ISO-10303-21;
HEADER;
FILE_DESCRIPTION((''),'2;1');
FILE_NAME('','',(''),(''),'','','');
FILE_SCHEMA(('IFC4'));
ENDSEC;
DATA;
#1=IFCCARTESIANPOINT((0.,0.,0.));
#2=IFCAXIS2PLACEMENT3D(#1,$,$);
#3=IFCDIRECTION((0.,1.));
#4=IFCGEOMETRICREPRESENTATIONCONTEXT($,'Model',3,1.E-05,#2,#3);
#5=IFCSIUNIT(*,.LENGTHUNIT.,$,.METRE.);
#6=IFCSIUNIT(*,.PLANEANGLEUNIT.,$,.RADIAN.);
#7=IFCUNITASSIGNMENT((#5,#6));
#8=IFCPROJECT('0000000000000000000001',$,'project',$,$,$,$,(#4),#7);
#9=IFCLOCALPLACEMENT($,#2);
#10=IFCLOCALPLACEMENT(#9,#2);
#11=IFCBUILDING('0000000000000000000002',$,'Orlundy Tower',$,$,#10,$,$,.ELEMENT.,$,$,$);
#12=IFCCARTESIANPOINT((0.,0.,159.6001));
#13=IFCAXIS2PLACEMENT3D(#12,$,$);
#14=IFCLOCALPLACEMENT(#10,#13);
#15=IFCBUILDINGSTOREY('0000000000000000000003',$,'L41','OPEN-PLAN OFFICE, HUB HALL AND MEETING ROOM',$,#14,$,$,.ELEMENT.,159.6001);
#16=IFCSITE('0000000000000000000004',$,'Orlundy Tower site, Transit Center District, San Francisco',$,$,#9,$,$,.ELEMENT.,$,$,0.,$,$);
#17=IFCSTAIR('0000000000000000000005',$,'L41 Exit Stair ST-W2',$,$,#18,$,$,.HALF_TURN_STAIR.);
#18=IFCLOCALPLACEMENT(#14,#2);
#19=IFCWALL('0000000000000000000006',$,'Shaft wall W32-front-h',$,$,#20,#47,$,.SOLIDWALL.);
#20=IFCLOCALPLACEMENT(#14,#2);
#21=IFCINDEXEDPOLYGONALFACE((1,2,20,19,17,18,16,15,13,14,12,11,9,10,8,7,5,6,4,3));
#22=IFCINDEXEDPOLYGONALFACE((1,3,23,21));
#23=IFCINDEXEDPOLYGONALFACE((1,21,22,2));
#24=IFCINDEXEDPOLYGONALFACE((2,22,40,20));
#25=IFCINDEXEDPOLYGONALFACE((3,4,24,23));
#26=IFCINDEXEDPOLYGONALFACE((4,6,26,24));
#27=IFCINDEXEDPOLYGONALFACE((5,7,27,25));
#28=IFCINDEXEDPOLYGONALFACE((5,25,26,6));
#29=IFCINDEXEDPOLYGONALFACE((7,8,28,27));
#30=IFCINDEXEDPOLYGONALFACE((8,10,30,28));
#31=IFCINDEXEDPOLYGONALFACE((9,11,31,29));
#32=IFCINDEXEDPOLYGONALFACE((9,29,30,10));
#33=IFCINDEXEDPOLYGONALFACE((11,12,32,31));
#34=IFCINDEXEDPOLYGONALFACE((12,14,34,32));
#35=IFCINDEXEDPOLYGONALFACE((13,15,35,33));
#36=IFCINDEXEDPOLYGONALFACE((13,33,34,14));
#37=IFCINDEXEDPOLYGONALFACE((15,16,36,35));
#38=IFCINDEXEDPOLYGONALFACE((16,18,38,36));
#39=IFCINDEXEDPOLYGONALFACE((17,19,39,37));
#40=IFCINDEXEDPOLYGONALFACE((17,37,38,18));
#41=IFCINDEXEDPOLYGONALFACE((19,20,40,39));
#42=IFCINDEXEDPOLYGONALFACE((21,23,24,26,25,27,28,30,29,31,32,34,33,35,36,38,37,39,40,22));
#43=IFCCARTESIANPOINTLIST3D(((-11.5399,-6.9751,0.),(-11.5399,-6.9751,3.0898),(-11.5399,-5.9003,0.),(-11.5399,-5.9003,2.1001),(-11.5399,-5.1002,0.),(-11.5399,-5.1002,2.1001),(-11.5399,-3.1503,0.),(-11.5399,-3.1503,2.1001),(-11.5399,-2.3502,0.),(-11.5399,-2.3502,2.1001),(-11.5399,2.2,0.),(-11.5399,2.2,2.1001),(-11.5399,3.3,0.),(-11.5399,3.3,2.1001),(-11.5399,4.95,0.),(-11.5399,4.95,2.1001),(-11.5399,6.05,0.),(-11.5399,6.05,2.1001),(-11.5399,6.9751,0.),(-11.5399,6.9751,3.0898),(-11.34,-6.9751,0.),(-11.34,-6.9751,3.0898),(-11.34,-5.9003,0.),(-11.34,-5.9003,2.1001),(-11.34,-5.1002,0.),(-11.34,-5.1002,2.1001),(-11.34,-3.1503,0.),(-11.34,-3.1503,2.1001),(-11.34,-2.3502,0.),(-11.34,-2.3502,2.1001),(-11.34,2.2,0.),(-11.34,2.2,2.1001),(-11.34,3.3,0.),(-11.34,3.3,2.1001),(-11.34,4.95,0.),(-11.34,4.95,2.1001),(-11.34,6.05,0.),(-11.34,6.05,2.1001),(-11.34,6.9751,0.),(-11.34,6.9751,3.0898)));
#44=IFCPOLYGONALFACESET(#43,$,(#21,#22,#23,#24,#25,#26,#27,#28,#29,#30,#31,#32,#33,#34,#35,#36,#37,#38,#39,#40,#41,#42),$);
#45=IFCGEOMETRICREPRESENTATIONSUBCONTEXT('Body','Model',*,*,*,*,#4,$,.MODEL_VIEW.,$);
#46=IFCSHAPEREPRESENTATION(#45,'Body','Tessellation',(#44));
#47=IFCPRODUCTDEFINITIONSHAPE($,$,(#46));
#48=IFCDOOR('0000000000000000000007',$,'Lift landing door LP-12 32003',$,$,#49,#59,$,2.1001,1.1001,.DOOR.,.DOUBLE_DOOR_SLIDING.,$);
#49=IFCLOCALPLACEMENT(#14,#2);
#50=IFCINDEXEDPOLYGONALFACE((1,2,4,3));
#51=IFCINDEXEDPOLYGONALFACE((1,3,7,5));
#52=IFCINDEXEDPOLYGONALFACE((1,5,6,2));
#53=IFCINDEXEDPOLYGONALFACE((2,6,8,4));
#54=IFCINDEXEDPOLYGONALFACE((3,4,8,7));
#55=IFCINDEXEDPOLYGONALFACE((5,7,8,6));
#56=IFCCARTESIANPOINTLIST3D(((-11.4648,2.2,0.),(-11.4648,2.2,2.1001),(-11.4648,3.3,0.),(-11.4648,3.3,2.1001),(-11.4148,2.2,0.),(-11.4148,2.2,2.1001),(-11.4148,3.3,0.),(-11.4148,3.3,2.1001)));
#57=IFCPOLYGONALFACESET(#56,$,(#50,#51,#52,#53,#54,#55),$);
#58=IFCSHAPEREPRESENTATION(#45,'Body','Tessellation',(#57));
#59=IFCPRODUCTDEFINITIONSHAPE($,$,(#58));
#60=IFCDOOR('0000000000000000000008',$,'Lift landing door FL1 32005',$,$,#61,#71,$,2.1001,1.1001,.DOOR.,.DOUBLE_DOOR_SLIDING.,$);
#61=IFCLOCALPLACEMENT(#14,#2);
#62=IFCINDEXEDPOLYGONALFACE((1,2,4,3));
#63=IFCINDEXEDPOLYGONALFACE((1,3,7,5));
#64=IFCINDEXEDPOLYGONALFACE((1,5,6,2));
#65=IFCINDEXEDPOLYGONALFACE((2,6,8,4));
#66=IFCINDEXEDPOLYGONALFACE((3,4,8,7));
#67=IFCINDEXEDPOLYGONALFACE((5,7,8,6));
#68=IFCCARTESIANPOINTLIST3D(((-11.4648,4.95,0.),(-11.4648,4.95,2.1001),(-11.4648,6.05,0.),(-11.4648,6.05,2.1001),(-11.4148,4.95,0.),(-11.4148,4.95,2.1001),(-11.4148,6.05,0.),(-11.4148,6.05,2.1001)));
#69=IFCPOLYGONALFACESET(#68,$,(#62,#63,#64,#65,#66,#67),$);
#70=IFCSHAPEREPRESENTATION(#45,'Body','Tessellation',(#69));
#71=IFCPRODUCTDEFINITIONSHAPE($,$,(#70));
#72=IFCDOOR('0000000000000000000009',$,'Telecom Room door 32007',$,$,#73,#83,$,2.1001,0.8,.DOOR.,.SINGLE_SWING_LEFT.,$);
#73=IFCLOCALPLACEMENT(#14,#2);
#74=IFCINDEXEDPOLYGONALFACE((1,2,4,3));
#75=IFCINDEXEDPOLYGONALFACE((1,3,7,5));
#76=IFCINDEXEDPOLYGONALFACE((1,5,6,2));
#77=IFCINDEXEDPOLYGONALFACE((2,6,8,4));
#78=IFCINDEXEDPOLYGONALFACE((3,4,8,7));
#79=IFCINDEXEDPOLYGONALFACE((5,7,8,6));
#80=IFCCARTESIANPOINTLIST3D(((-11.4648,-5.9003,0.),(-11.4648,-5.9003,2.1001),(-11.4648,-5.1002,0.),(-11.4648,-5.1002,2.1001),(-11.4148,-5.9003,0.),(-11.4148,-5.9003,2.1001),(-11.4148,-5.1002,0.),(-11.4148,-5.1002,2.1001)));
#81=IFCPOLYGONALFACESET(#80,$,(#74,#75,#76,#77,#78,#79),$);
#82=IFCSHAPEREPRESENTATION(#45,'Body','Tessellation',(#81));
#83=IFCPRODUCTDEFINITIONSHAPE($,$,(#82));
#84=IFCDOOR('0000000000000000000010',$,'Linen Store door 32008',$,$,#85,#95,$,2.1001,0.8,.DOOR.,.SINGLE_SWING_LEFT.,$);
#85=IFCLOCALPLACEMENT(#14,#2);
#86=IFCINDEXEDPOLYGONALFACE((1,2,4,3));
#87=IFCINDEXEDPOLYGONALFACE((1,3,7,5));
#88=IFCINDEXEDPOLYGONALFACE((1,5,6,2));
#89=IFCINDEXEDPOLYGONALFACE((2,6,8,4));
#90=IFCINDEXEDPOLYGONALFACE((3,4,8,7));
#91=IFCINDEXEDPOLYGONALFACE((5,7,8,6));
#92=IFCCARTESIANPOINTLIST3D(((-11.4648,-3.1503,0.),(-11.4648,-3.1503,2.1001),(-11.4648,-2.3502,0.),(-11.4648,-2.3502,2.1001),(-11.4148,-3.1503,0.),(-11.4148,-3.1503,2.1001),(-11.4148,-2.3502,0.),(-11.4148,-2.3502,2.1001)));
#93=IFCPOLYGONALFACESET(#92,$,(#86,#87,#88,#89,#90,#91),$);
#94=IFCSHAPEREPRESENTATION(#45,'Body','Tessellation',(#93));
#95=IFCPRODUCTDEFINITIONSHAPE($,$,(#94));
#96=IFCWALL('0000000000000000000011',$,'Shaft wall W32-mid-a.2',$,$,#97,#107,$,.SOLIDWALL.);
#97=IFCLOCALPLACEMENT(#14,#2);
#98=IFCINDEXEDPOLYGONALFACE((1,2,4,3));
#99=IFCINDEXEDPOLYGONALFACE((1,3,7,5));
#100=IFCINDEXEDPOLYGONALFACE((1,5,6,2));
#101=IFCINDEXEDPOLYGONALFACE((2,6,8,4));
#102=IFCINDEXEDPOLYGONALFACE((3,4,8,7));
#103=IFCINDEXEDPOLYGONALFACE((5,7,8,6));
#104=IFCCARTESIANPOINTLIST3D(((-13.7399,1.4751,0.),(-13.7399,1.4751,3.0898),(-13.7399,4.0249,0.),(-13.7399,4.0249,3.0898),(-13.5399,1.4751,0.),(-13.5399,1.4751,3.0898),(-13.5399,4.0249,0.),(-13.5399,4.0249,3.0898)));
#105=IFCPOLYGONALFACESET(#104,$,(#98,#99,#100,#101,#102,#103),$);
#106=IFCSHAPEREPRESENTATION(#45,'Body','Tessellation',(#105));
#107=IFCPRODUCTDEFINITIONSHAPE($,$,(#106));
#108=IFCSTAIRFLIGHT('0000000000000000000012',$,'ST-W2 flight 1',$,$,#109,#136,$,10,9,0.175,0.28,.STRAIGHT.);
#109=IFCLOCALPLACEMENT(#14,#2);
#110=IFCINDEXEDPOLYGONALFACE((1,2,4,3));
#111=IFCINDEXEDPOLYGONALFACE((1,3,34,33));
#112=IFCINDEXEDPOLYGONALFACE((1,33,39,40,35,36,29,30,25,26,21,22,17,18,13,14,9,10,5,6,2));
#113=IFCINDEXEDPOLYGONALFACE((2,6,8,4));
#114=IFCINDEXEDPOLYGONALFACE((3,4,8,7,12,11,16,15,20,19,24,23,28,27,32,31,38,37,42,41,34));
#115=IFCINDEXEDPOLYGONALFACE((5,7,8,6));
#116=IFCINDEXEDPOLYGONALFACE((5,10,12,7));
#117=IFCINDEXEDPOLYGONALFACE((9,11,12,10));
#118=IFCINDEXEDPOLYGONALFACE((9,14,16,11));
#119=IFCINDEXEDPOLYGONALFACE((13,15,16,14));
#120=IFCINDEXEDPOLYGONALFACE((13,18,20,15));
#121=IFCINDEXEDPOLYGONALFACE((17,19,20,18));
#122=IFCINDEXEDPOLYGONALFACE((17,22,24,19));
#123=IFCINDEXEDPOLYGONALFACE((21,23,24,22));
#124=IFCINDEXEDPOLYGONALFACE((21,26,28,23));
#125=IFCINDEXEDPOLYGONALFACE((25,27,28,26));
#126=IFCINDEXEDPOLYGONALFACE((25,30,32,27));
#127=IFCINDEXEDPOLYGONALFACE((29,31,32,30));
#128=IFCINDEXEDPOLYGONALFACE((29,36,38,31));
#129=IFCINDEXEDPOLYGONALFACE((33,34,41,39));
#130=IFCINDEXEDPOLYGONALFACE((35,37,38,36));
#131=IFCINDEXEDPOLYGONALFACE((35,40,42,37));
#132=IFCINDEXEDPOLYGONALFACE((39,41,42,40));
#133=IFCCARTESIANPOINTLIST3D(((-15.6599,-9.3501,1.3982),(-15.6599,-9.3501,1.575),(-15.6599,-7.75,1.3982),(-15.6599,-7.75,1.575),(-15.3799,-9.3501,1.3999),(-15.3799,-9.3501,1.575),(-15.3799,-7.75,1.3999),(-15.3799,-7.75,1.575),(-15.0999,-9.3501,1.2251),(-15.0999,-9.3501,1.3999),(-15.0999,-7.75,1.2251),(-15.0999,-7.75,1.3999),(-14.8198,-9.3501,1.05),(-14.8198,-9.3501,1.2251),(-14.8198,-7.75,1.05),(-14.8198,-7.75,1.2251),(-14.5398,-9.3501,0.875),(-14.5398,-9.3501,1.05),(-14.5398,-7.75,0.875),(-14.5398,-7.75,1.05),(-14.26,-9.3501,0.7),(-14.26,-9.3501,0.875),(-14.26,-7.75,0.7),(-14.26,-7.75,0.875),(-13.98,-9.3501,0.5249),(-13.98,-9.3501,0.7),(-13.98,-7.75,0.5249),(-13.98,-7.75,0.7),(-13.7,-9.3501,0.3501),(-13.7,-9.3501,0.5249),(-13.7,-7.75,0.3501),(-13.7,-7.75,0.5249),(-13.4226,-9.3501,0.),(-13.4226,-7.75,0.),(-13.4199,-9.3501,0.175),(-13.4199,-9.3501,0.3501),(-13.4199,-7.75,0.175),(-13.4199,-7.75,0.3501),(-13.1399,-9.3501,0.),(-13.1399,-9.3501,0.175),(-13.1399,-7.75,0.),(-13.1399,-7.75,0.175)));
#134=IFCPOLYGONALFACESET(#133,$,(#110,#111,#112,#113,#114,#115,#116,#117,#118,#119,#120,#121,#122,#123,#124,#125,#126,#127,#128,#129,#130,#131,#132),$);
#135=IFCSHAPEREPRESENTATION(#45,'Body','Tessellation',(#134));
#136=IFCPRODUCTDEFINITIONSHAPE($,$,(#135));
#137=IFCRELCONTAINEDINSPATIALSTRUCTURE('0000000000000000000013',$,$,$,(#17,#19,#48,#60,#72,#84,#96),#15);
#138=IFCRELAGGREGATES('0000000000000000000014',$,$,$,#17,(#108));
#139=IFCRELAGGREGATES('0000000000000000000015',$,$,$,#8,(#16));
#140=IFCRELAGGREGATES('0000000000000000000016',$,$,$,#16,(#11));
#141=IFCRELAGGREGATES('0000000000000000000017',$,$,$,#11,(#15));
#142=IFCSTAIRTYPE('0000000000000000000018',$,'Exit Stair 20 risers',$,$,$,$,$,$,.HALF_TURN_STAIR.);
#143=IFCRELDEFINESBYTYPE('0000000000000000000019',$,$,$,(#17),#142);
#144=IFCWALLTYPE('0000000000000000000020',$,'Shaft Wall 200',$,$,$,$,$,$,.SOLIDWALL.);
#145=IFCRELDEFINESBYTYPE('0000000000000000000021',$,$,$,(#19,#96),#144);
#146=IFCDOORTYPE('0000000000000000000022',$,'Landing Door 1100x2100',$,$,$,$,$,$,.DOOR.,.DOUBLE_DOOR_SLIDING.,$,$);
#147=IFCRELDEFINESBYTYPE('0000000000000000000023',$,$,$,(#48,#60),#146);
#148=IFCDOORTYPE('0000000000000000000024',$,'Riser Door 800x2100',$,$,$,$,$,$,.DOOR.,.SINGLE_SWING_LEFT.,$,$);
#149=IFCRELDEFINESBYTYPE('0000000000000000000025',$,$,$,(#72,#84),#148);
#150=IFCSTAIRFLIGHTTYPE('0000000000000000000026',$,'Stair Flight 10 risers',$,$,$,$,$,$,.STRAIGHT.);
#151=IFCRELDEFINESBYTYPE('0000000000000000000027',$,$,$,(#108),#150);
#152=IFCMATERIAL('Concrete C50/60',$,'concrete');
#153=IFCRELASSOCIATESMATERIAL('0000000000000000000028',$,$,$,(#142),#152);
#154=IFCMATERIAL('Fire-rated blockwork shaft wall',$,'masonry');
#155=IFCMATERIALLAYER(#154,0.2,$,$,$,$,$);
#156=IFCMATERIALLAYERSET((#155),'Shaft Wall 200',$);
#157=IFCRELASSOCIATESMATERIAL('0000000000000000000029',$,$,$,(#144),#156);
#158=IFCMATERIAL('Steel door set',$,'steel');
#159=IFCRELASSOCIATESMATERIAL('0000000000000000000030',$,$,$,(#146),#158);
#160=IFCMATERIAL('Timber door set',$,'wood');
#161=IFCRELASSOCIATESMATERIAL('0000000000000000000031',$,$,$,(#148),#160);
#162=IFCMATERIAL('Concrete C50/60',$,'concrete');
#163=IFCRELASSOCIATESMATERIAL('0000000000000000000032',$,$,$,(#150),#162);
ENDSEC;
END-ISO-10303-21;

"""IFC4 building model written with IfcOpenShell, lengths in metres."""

from ifc_helpers import new_model, si_unit, direction, frame, frame_2d, origin, place, context, subcontext, project, spatial, polyline, rectangle, outline, extrude, material, layer, layer_set, type_object, element, fill, aggregate, save


model = new_model("IFC4")

# Units and contexts
model_context = context("Model", 3, precision=1e-05, world=origin(), true_north=direction((0.0, 1.0)))
body_context = subcontext(model_context, "Body", "Model", "MODEL_VIEW")
ifc_project = project(units=[si_unit("LENGTHUNIT", "METRE"), si_unit("PLANEANGLEUNIT", "RADIAN")], contexts=[model_context])

# Site, building, storey
site_placement = place(None, origin())
site = spatial("IfcSite", under=ifc_project, at=site_placement, Name="Orlundy Tower site, Transit Center District, San Francisco", CompositionType="ELEMENT", RefElevation=0.0)
building_placement = place(site_placement, origin())
building = spatial("IfcBuilding", under=site, at=building_placement, Name="Orlundy Tower", CompositionType="ELEMENT")
storey_placement = place(building_placement, frame((0.0, 0.0, 159.6001)))
storey = spatial("IfcBuildingStorey", under=building, at=storey_placement, Name="L41", Description="OPEN-PLAN OFFICE, HUB HALL AND MEETING ROOM", CompositionType="ELEMENT", Elevation=159.6001)

# Stair
ifc_material_1 = material(Name="Concrete C50/60", Category="concrete")
stair_type = type_object("IfcStairType", Name="Exit Stair 20 risers", PredefinedType="HALF_TURN_STAIR", material=ifc_material_1)
stair_1_placement = place(storey_placement, origin())
stair_1 = element("IfcStair", 1, at=stair_1_placement, inside=storey, type_object=stair_type, Name="L41 Exit Stair ST-W2", PredefinedType="HALF_TURN_STAIR")

# Shared definitions
ifc_material_2 = material(Name="Fire-rated blockwork shaft wall", Category="masonry")
ifc_layer_1 = layer(ifc_material_2, 0.2)
ifc_layer_set_1 = layer_set([ifc_layer_1], Name="Shaft Wall 200")
wall_type_1 = type_object("IfcWallType", Name="Shaft Wall 200", PredefinedType="SOLIDWALL", material=ifc_layer_set_1)

# Wall, openings, doors
wall_1_placement = place(storey_placement, frame((-11.4399, -6.9751, 0.0), z_axis=(0.0, 0.0, 1.0), x_axis=(0.0, 1.0, 0.0)))
wall_1 = element("IfcWall", 2, at=wall_1_placement, inside=storey, type_object=wall_type_1, Name="Shaft wall W32-front-h", PredefinedType="SOLIDWALL", context=body_context, shape_type="SweptSolid", body=[
    extrude(rectangle(XDim=13.9502, YDim=0.2, at=frame_2d((6.9751, 0.0))), origin(), (0.0, 0.0, 1.0), 3.0898),
])
opening_1_placement = place(wall_1_placement, frame((9.175, 0.0, 0.0)))
opening_1 = element("IfcOpeningElement", 3, at=opening_1_placement, cuts=wall_1, PredefinedType="OPENING", context=body_context, shape_type="SweptSolid", body=[
    extrude(rectangle(XDim=1.1001, YDim=2.1001, at=frame_2d((0.55, 1.05))), frame((0.0, 0.1101, 0.0), z_axis=(0.0, -1.0, 0.0), x_axis=(1.0, 0.0, 0.0)), (0.0, 0.0, 1.0), 0.2202),
])
opening_2_placement = place(wall_1_placement, frame((11.925, 0.0, 0.0)))
opening_2 = element("IfcOpeningElement", 4, at=opening_2_placement, cuts=wall_1, PredefinedType="OPENING", context=body_context, shape_type="SweptSolid", body=[
    extrude(rectangle(XDim=1.1001, YDim=2.1001, at=frame_2d((0.55, 1.05))), frame((0.0, 0.1101, 0.0), z_axis=(0.0, -1.0, 0.0), x_axis=(1.0, 0.0, 0.0)), (0.0, 0.0, 1.0), 0.2202),
])
opening_3_placement = place(wall_1_placement, frame((1.075, 0.0, 0.0)))
opening_3 = element("IfcOpeningElement", 5, at=opening_3_placement, cuts=wall_1, PredefinedType="OPENING", context=body_context, shape_type="SweptSolid", body=[
    extrude(rectangle(XDim=0.8, YDim=2.1001, at=frame_2d((0.3999, 1.05))), frame((0.0, 0.1101, 0.0), z_axis=(0.0, -1.0, 0.0), x_axis=(1.0, 0.0, 0.0)), (0.0, 0.0, 1.0), 0.2202),
])
opening_4_placement = place(wall_1_placement, frame((3.825, 0.0, 0.0)))
opening_4 = element("IfcOpeningElement", 6, at=opening_4_placement, cuts=wall_1, PredefinedType="OPENING", context=body_context, shape_type="SweptSolid", body=[
    extrude(rectangle(XDim=0.8, YDim=2.1001, at=frame_2d((0.3999, 1.05))), frame((0.0, 0.1101, 0.0), z_axis=(0.0, -1.0, 0.0), x_axis=(1.0, 0.0, 0.0)), (0.0, 0.0, 1.0), 0.2202),
])
ifc_material_3 = material(Name="Steel door set", Category="steel")
door_type_1 = type_object("IfcDoorType", Name="Landing Door 1100x2100", OperationType="DOUBLE_DOOR_SLIDING", PredefinedType="DOOR", material=ifc_material_3)
door_1_placement = place(opening_1_placement, origin())
door_1 = element("IfcDoor", 7, at=door_1_placement, inside=storey, type_object=door_type_1, Name="Lift landing door LP-12 32003", OperationType="DOUBLE_DOOR_SLIDING", OverallHeight=2.1001, OverallWidth=1.1001, PredefinedType="DOOR", context=body_context, shape_type="SweptSolid", body=[
    extrude(rectangle(XDim=1.1001, YDim=2.1001, at=frame_2d((0.55, 1.05))), frame((0.0, 0.0249, 0.0), z_axis=(0.0, -1.0, 0.0), x_axis=(1.0, 0.0, 0.0)), (0.0, 0.0, 1.0), 0.05),
])
fill(opening_1, door_1)
door_2_placement = place(opening_2_placement, origin())
door_2 = element("IfcDoor", 8, at=door_2_placement, inside=storey, type_object=door_type_1, Name="Lift landing door FL1 32005", OperationType="DOUBLE_DOOR_SLIDING", OverallHeight=2.1001, OverallWidth=1.1001, PredefinedType="DOOR", context=body_context, shape_type="SweptSolid", body=[
    extrude(rectangle(XDim=1.1001, YDim=2.1001, at=frame_2d((0.55, 1.05))), frame((0.0, 0.0249, 0.0), z_axis=(0.0, -1.0, 0.0), x_axis=(1.0, 0.0, 0.0)), (0.0, 0.0, 1.0), 0.05),
])
fill(opening_2, door_2)
ifc_material_4 = material(Name="Timber door set", Category="wood")
door_type_2 = type_object("IfcDoorType", Name="Riser Door 800x2100", OperationType="SINGLE_SWING_LEFT", PredefinedType="DOOR", material=ifc_material_4)
door_3_placement = place(opening_3_placement, origin())
door_3 = element("IfcDoor", 9, at=door_3_placement, inside=storey, type_object=door_type_2, Name="Telecom Room door 32007", OperationType="SINGLE_SWING_LEFT", OverallHeight=2.1001, OverallWidth=0.8, PredefinedType="DOOR", context=body_context, shape_type="SweptSolid", body=[
    extrude(rectangle(XDim=0.8, YDim=2.1001, at=frame_2d((0.3999, 1.05))), frame((0.0, 0.0249, 0.0), z_axis=(0.0, -1.0, 0.0), x_axis=(1.0, 0.0, 0.0)), (0.0, 0.0, 1.0), 0.05),
])
fill(opening_3, door_3)
door_4_placement = place(opening_4_placement, origin())
door_4 = element("IfcDoor", 10, at=door_4_placement, inside=storey, type_object=door_type_2, Name="Linen Store door 32008", OperationType="SINGLE_SWING_LEFT", OverallHeight=2.1001, OverallWidth=0.8, PredefinedType="DOOR", context=body_context, shape_type="SweptSolid", body=[
    extrude(rectangle(XDim=0.8, YDim=2.1001, at=frame_2d((0.3999, 1.05))), frame((0.0, 0.0249, 0.0), z_axis=(0.0, -1.0, 0.0), x_axis=(1.0, 0.0, 0.0)), (0.0, 0.0, 1.0), 0.05),
])
fill(opening_4, door_4)

# Wall
wall_2_placement = place(storey_placement, frame((-13.6399, 1.4751, 0.0), z_axis=(0.0, 0.0, 1.0), x_axis=(0.0, 1.0, 0.0)))
element("IfcWall", 11, at=wall_2_placement, inside=storey, type_object=wall_type_1, Name="Shaft wall W32-mid-a.2", PredefinedType="SOLIDWALL", context=body_context, shape_type="SweptSolid", body=[
    extrude(rectangle(XDim=2.5498, YDim=0.2, at=frame_2d((1.2749, 0.0))), origin(), (0.0, 0.0, 1.0), 3.0898),
])

# Stair flight
ifc_material_5 = material(Name="Concrete C50/60", Category="concrete")
stair_flight_type = type_object("IfcStairFlightType", Name="Stair Flight 10 risers", PredefinedType="STRAIGHT", material=ifc_material_5)
stair_flight_placement = place(storey_placement, frame((-13.1399, -8.55, 0.0), z_axis=(0.0, 0.0, 1.0), x_axis=(-1.0, 0.0, 0.0)))
stair_flight = element("IfcStairFlight", 12, at=stair_flight_placement, type_object=stair_flight_type, Name="ST-W2 flight 1", NumberOfRisers=10, NumberOfTreads=9, PredefinedType="STRAIGHT", RiserHeight=0.175, TreadLength=0.28, context=body_context, shape_type="SweptSolid", body=[
    extrude(outline(polyline([(0.0, 0.0), (0.0, 0.175), (0.28, 0.175), (0.28, 0.3501), (0.5601, 0.3501), (0.5601, 0.5249), (0.8401, 0.5249), (0.8401, 0.7), (1.1201, 0.7), (1.1201, 0.875), (1.3999, 0.875), (1.3999, 1.05), (1.6799, 1.05), (1.6799, 1.2251), (1.96, 1.2251), (1.96, 1.3999), (2.24, 1.3999), (2.24, 1.575), (2.52, 1.575), (2.52, 1.75), (2.52, 1.3982), (0.2827, 0.0), (0.0, 0.0)])), frame((0.0, 0.8, 0.0), z_axis=(0.0, -1.0, 0.0), x_axis=(1.0, 0.0, 0.0)), (0.0, 0.0, 1.0), 1.6001),
])
aggregate(stair_1, [stair_flight])

save(model, "model.ifc")
